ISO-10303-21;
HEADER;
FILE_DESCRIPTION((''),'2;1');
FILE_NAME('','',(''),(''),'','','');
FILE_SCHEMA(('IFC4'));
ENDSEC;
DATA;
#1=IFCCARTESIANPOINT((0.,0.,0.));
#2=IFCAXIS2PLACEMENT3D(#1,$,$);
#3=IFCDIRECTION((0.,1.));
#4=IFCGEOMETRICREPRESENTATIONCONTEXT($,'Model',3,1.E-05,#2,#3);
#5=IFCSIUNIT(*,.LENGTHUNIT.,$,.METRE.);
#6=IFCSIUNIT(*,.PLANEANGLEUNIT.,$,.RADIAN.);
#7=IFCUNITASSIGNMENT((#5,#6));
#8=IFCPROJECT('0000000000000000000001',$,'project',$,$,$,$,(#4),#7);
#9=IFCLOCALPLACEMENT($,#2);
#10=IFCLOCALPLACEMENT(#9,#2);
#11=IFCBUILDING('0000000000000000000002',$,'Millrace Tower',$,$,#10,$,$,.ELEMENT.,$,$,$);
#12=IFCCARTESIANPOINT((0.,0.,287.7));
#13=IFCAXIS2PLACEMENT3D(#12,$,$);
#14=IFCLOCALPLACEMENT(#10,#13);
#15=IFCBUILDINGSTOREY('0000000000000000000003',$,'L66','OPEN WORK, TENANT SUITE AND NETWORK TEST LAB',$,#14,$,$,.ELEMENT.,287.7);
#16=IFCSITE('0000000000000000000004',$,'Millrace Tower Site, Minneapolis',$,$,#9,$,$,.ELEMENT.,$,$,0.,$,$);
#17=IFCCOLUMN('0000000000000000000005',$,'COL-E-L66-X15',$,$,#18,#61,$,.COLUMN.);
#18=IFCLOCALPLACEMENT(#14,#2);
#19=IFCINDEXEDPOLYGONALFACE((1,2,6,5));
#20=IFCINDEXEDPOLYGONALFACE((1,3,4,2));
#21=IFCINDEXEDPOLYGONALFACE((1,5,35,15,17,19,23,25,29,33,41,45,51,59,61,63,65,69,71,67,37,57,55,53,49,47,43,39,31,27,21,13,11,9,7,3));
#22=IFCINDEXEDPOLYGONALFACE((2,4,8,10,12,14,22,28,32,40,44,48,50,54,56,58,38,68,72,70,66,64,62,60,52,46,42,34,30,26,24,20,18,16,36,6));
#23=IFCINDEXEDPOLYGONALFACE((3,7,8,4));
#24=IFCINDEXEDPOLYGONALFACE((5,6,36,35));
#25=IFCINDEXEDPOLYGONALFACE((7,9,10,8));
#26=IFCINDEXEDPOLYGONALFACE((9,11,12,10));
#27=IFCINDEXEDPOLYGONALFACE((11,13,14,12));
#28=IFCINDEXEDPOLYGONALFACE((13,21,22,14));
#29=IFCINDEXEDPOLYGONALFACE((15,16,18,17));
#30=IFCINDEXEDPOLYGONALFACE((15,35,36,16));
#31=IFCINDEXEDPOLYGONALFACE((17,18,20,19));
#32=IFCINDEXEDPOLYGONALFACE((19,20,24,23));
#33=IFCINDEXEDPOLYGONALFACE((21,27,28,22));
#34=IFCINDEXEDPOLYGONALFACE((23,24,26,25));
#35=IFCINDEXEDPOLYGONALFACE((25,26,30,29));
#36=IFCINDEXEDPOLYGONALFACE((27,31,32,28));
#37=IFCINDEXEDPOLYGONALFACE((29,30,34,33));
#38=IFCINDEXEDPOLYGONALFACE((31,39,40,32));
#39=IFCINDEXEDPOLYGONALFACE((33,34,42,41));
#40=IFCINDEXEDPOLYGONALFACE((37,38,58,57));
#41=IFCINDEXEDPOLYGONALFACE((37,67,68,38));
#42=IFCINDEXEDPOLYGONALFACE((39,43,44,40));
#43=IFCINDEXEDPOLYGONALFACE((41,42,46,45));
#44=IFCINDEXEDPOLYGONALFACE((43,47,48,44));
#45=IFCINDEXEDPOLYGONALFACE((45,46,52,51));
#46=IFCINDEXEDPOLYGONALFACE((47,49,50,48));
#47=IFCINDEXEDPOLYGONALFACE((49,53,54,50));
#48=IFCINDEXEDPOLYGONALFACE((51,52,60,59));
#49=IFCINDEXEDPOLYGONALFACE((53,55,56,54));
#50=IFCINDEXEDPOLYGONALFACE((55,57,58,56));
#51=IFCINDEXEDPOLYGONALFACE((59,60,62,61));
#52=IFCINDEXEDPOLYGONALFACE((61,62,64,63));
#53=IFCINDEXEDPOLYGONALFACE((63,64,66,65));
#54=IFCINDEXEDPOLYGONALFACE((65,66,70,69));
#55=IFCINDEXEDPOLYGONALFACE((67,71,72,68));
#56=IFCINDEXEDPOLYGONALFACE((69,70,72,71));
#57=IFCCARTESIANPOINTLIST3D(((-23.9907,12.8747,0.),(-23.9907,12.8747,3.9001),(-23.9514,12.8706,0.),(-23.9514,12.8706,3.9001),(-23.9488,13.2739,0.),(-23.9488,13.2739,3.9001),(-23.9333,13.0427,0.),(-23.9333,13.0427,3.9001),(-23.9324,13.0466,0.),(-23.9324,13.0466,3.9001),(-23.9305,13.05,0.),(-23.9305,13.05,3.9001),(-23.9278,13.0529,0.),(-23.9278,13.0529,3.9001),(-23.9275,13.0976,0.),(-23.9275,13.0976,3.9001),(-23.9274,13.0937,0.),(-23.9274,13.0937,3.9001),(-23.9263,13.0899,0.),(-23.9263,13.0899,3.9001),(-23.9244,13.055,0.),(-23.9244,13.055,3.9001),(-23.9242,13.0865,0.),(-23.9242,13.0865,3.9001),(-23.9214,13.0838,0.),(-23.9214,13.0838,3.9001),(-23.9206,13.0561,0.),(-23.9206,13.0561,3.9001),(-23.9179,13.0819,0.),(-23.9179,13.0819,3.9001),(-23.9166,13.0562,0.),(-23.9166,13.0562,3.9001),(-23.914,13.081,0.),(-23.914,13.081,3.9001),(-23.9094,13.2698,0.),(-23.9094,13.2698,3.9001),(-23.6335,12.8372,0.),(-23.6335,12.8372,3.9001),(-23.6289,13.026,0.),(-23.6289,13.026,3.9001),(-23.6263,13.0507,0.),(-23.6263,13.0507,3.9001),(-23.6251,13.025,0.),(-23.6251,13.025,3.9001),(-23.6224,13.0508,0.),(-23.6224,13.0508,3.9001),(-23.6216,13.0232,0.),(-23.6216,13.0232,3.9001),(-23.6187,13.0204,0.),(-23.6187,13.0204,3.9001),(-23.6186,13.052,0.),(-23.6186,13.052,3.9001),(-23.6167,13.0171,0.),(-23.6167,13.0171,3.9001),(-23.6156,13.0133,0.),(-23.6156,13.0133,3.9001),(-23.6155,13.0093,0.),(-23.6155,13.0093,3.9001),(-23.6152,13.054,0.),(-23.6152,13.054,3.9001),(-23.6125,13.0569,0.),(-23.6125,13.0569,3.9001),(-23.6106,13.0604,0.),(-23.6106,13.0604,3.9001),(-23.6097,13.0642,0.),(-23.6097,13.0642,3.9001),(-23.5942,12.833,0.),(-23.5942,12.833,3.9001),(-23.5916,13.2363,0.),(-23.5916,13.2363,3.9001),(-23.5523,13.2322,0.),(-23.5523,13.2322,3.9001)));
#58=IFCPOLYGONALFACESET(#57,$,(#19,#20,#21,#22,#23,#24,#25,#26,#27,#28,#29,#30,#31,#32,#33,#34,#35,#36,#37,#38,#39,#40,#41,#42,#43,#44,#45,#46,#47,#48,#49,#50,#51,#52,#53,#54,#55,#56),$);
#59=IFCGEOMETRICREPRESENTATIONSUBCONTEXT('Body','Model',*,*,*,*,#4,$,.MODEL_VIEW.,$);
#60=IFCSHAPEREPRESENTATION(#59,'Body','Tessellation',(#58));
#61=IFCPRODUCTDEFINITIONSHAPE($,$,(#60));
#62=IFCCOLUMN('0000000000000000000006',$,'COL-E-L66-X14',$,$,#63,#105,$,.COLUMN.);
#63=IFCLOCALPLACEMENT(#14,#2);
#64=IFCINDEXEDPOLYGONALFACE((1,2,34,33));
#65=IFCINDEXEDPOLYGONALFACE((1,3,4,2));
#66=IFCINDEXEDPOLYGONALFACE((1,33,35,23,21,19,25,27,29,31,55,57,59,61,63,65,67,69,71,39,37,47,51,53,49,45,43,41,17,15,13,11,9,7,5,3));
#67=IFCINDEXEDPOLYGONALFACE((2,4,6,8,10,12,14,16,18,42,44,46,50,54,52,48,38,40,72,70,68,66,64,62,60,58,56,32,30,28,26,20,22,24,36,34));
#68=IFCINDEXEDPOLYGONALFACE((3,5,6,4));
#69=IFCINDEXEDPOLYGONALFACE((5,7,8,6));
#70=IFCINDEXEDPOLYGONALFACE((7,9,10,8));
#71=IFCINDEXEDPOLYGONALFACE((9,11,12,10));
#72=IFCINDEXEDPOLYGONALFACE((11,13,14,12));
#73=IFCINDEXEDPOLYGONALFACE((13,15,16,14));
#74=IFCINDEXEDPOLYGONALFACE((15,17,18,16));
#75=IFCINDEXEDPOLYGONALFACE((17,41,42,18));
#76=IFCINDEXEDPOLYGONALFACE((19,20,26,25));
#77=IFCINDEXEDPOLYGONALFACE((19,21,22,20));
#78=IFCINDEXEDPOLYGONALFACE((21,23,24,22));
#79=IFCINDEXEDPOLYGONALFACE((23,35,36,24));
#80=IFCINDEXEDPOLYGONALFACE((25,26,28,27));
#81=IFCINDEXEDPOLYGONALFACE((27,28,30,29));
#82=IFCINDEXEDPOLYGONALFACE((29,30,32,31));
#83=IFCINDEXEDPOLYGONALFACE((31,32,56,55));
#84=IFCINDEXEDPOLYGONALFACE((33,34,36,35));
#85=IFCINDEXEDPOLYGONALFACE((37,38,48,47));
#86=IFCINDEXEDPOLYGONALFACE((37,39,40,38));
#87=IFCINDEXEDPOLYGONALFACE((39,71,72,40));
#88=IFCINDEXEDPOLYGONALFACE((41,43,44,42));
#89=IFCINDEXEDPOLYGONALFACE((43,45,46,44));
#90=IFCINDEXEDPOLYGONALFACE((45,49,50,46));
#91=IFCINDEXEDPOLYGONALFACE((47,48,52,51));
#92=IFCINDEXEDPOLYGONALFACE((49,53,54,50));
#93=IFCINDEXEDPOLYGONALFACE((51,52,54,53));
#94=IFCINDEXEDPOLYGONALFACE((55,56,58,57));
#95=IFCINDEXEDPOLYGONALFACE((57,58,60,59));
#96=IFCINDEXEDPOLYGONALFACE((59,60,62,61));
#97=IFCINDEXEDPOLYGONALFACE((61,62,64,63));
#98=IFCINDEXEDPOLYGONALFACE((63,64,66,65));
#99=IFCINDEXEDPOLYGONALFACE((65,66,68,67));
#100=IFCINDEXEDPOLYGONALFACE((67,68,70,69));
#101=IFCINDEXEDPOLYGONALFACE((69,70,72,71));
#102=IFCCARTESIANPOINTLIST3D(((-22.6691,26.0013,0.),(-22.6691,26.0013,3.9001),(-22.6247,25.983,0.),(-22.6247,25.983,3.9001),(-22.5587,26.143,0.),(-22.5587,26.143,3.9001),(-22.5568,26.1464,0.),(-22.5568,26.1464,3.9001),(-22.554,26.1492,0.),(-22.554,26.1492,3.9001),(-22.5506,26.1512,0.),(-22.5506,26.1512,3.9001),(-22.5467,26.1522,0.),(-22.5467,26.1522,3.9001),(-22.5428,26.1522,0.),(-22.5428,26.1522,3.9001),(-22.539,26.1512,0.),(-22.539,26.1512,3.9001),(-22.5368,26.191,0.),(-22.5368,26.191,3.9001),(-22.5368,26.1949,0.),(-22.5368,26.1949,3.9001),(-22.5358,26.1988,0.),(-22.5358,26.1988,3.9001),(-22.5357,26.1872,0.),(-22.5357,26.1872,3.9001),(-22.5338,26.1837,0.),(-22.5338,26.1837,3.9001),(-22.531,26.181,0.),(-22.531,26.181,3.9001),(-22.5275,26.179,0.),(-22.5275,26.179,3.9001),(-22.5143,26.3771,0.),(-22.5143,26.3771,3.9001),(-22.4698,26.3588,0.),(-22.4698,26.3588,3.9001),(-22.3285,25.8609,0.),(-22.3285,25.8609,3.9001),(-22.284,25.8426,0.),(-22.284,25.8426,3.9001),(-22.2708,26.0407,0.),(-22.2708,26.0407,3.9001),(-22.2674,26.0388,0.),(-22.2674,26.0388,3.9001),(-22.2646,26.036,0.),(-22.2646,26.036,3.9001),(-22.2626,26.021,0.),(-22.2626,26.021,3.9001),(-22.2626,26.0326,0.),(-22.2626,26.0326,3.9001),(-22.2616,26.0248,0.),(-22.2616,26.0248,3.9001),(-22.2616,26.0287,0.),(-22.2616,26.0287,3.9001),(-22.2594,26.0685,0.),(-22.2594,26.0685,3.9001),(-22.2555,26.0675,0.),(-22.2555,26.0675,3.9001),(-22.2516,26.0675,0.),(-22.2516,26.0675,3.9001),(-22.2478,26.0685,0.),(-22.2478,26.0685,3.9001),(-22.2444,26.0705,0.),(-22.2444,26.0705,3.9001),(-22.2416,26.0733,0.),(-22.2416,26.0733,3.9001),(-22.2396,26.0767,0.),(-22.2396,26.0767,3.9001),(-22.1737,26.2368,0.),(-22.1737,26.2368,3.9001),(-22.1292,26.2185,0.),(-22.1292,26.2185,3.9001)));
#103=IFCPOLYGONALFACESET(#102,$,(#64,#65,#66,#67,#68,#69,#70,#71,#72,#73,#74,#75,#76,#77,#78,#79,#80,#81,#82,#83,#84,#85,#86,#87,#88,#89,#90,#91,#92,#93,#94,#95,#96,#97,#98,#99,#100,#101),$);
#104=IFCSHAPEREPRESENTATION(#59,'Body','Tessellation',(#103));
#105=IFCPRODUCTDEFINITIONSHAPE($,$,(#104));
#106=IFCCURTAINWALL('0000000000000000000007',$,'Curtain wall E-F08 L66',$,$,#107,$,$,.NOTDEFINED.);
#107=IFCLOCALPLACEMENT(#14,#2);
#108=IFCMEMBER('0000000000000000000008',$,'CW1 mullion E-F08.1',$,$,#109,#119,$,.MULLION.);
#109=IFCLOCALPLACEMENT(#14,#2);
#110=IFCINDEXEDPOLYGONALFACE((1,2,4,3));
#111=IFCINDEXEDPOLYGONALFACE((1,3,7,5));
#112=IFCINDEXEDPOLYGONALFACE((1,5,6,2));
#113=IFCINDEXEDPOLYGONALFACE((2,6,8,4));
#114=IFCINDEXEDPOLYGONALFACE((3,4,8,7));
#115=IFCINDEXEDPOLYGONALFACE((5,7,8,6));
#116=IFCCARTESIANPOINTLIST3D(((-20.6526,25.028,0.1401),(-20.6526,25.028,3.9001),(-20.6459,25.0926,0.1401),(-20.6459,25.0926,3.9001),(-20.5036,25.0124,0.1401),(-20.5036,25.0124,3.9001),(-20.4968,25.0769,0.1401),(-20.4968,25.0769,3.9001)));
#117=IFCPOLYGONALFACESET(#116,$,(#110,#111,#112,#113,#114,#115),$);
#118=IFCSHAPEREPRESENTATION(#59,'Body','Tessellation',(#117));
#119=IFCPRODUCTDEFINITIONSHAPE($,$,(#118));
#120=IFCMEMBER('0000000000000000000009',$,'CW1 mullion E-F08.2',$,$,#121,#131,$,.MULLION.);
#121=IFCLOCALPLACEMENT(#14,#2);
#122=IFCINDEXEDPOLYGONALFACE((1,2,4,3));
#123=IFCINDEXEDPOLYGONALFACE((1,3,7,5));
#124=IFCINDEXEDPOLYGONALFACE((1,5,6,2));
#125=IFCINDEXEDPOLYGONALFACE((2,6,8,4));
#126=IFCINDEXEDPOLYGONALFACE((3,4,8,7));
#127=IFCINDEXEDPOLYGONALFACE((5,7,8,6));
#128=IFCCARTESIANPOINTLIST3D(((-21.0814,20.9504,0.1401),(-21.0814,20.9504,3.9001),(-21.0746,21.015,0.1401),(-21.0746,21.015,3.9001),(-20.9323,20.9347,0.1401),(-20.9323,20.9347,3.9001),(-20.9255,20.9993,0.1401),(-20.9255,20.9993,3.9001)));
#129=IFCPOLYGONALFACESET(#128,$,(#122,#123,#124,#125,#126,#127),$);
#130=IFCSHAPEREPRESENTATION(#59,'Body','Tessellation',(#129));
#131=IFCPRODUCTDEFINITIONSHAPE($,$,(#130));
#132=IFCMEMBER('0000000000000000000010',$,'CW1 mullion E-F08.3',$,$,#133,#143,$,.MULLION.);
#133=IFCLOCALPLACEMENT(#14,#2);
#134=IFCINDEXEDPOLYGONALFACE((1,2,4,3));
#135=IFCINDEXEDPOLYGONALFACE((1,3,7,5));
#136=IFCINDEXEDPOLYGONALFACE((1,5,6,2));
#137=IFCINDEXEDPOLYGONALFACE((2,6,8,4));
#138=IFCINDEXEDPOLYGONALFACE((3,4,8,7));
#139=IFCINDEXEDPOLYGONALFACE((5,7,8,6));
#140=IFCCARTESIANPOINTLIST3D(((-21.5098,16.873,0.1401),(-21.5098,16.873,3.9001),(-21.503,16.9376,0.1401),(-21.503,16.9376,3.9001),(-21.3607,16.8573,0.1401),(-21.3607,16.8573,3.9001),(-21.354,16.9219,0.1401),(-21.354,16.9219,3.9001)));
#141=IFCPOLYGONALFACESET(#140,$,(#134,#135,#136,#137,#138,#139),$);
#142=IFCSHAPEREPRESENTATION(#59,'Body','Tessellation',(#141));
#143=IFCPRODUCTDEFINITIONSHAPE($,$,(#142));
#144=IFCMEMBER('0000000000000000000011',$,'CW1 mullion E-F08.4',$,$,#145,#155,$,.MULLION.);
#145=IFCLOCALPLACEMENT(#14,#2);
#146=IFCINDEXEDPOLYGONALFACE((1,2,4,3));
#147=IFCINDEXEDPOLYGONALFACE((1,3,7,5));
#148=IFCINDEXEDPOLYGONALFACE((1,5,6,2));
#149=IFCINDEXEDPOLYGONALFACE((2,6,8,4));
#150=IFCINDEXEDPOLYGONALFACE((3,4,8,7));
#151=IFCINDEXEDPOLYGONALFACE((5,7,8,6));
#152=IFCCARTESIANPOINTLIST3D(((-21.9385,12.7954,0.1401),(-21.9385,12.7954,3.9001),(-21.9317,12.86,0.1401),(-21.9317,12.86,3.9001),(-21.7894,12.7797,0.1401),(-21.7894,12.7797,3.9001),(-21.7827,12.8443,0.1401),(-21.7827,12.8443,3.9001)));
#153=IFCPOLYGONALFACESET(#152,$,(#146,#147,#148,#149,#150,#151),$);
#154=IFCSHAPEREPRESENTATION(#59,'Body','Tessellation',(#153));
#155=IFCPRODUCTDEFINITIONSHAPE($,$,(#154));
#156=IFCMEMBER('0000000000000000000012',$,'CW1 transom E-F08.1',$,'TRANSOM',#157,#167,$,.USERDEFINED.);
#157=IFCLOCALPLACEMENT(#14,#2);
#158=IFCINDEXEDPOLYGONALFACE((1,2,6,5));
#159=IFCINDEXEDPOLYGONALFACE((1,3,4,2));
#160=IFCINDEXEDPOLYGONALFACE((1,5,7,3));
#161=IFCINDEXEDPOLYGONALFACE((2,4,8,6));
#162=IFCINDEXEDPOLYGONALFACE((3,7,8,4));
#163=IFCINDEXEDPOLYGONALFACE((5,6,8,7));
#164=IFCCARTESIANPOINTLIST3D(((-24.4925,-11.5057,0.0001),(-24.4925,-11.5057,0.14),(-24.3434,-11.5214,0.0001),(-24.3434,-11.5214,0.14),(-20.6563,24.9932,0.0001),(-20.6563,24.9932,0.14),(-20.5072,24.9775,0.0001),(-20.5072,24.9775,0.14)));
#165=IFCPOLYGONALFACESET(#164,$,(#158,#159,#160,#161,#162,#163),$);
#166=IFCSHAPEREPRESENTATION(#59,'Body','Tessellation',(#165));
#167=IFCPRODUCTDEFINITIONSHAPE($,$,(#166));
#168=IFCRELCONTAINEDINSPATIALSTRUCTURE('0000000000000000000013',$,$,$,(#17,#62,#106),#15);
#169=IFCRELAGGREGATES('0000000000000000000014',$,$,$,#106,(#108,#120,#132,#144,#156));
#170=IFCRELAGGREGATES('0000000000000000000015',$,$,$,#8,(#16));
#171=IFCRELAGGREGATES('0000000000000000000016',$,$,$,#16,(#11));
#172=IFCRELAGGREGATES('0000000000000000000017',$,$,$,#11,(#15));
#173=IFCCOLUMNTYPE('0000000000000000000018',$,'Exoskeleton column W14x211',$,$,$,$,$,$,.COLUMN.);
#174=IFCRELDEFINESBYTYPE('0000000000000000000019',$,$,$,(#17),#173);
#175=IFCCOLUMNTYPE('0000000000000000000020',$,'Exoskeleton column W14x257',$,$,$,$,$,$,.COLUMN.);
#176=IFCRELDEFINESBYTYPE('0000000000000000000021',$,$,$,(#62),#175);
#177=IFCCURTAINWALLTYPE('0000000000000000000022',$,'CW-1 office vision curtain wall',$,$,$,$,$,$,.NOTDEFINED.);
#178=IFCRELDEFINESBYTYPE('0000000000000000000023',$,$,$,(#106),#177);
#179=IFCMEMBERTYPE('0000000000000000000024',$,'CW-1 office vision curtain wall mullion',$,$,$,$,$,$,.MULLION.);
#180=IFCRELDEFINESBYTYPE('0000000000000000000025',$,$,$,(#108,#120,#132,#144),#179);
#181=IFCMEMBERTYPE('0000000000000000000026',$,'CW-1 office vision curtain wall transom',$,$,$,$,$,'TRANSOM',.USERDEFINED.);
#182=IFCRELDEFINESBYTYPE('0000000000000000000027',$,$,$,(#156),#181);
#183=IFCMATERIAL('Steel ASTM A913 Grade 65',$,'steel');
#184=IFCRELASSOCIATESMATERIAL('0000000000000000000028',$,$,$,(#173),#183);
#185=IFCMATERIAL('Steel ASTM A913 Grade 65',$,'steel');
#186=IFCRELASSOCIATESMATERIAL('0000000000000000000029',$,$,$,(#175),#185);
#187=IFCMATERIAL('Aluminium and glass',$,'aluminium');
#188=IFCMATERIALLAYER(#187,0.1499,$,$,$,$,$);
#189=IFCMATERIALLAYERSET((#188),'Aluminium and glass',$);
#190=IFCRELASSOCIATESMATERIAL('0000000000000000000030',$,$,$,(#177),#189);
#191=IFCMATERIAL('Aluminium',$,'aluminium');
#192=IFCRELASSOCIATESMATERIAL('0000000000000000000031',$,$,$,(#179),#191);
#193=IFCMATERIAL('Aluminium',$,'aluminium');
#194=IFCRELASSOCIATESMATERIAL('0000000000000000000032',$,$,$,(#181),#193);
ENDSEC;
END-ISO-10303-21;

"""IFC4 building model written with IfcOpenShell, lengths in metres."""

from ifc_helpers import new_model, si_unit, direction, frame, origin, origin_2d, place, context, subcontext, project, spatial, rectangle, i_section, extrude, material, layer, layer_set, material_profile, profile_set, type_object, element, aggregate, save


model = new_model("IFC4")

# Units and contexts
model_context = context("Model", 3, precision=1e-05, world=origin(), true_north=direction((0.0, 1.0)))
body_context = subcontext(model_context, "Body", "Model", "MODEL_VIEW")
ifc_project = project(units=[si_unit("LENGTHUNIT", "METRE"), si_unit("PLANEANGLEUNIT", "RADIAN")], contexts=[model_context])

# Site, building, storey
site_placement = place(None, origin())
site = spatial("IfcSite", under=ifc_project, at=site_placement, Name="Millrace Tower Site, Minneapolis", CompositionType="ELEMENT", RefElevation=0.0)
building_placement = place(site_placement, origin())
building = spatial("IfcBuilding", under=site, at=building_placement, Name="Millrace Tower", CompositionType="ELEMENT")
storey_placement = place(building_placement, frame((0.0, 0.0, 287.7)))
storey = spatial("IfcBuildingStorey", under=building, at=storey_placement, Name="L66", Description="OPEN WORK, TENANT SUITE AND NETWORK TEST LAB", CompositionType="ELEMENT", Elevation=287.7)

# Columns
ifc_material_1 = material(Name="Steel ASTM A913 Grade 65", Category="steel")
ifc_material_profile_1 = material_profile(ifc_material_1, i_section(OverallWidth=0.4014, OverallDepth=0.3987, WebThickness=0.0249, FlangeThickness=0.0396, FilletRadius=0.0151, at=origin_2d()))
ifc_profile_set_1 = profile_set([ifc_material_profile_1], Name="Steel ASTM A913 Grade 65")
column_type_1 = type_object("IfcColumnType", Name="Exoskeleton column W14x211", PredefinedType="COLUMN", material=ifc_profile_set_1)
column_1_placement = place(storey_placement, frame((-23.7715, 13.0535, 0.0), z_axis=(0.0, 0.0, 1.0), x_axis=(-0.104528, -0.994522, 0.0)))
element("IfcColumn", 1, at=column_1_placement, inside=storey, type_object=column_type_1, Name="COL-E-L66-X15", PredefinedType="COLUMN", context=body_context, shape_type="SweptSolid", body=[
    extrude(i_section(OverallWidth=0.4014, OverallDepth=0.3987, WebThickness=0.0249, FlangeThickness=0.0396, FilletRadius=0.0151, at=origin_2d()), origin(), (0.0, 0.0, 1.0), 3.9001),
])
ifc_material_2 = material(Name="Steel ASTM A913 Grade 65", Category="steel")
ifc_material_profile_2 = material_profile(ifc_material_2, i_section(OverallWidth=0.4065, OverallDepth=0.4165, WebThickness=0.03, FlangeThickness=0.0481, FilletRadius=0.0151, at=origin_2d()))
ifc_profile_set_2 = profile_set([ifc_material_profile_2], Name="Steel ASTM A913 Grade 65")
column_type_2 = type_object("IfcColumnType", Name="Exoskeleton column W14x257", PredefinedType="COLUMN", material=ifc_profile_set_2)
column_2_placement = place(storey_placement, frame((-22.3992, 26.1099, 0.0), z_axis=(0.0, 0.0, 1.0), x_axis=(-0.380947, -0.924597, 0.0)))
element("IfcColumn", 2, at=column_2_placement, inside=storey, type_object=column_type_2, Name="COL-E-L66-X14", PredefinedType="COLUMN", context=body_context, shape_type="SweptSolid", body=[
    extrude(i_section(OverallWidth=0.4065, OverallDepth=0.4165, WebThickness=0.03, FlangeThickness=0.0481, FilletRadius=0.0151, at=origin_2d()), origin(), (0.0, 0.0, 1.0), 3.9001),
])

# Curtain wall, members
ifc_material_3 = material(Name="Aluminium and glass", Category="aluminium")
ifc_layer_1 = layer(ifc_material_3, 0.1499)
ifc_layer_set_1 = layer_set([ifc_layer_1], Name="Aluminium and glass")
curtain_wall_type = type_object("IfcCurtainWallType", Name="CW-1 office vision curtain wall", PredefinedType="NOTDEFINED", material=ifc_layer_set_1)
curtain_wall_placement = place(storey_placement, origin())
curtain_wall = element("IfcCurtainWall", 3, at=curtain_wall_placement, inside=storey, type_object=curtain_wall_type, Name="Curtain wall E-F08 L66", PredefinedType="NOTDEFINED")
ifc_material_4 = material(Name="Aluminium", Category="aluminium")
ifc_material_profile_3 = material_profile(ifc_material_4, rectangle(XDim=0.0649, YDim=0.1499, at=origin_2d()))
ifc_profile_set_3 = profile_set([ifc_material_profile_3], Name="Aluminium")
member_type_1 = type_object("IfcMemberType", Name="CW-1 office vision curtain wall mullion", PredefinedType="MULLION", material=ifc_profile_set_3)
member_1_placement = place(storey_placement, frame((-20.5747, 25.0525, 0.1401), z_axis=(0.0, 0.0, 1.0), x_axis=(-0.104528, -0.994522, 0.0)))
member_1 = element("IfcMember", 4, at=member_1_placement, type_object=member_type_1, Name="CW1 mullion E-F08.1", PredefinedType="MULLION", context=body_context, shape_type="SweptSolid", body=[
    extrude(rectangle(XDim=0.0649, YDim=0.1499, at=origin_2d()), origin(), (0.0, 0.0, 1.0), 3.76),
])
member_2_placement = place(storey_placement, frame((-21.0034, 20.9749, 0.1401), z_axis=(0.0, 0.0, 1.0), x_axis=(-0.104528, -0.994522, 0.0)))
member_2 = element("IfcMember", 5, at=member_2_placement, type_object=member_type_1, Name="CW1 mullion E-F08.2", PredefinedType="MULLION", context=body_context, shape_type="SweptSolid", body=[
    extrude(rectangle(XDim=0.0649, YDim=0.1499, at=origin_2d()), origin(), (0.0, 0.0, 1.0), 3.76),
])
member_3_placement = place(storey_placement, frame((-21.4319, 16.8975, 0.1401), z_axis=(0.0, 0.0, 1.0), x_axis=(-0.104528, -0.994522, 0.0)))
member_3 = element("IfcMember", 6, at=member_3_placement, type_object=member_type_1, Name="CW1 mullion E-F08.3", PredefinedType="MULLION", context=body_context, shape_type="SweptSolid", body=[
    extrude(rectangle(XDim=0.0649, YDim=0.1499, at=origin_2d()), origin(), (0.0, 0.0, 1.0), 3.76),
])
member_4_placement = place(storey_placement, frame((-21.8606, 12.8198, 0.1401), z_axis=(0.0, 0.0, 1.0), x_axis=(-0.104528, -0.994522, 0.0)))
member_4 = element("IfcMember", 7, at=member_4_placement, type_object=member_type_1, Name="CW1 mullion E-F08.4", PredefinedType="MULLION", context=body_context, shape_type="SweptSolid", body=[
    extrude(rectangle(XDim=0.0649, YDim=0.1499, at=origin_2d()), origin(), (0.0, 0.0, 1.0), 3.76),
])
ifc_material_5 = material(Name="Aluminium", Category="aluminium")
ifc_material_profile_4 = material_profile(ifc_material_5, rectangle(XDim=0.1499, YDim=0.1399, at=origin_2d()))
ifc_profile_set_4 = profile_set([ifc_material_profile_4], Name="Aluminium")
member_type_2 = type_object("IfcMemberType", Name="CW-1 office vision curtain wall transom", ElementType="TRANSOM", PredefinedType="USERDEFINED", material=ifc_profile_set_4)
member_5_placement = place(storey_placement, frame((-20.5818, 24.9854, 0.0701), z_axis=(-0.104528, -0.994522, 0.0), x_axis=(0.994522, -0.104528, 0.0)))
member_5 = element("IfcMember", 8, at=member_5_placement, type_object=member_type_2, Name="CW1 transom E-F08.1", ObjectType="TRANSOM", PredefinedType="USERDEFINED", context=body_context, shape_type="SweptSolid", body=[
    extrude(rectangle(XDim=0.1499, YDim=0.1399, at=origin_2d()), origin(), (0.0, 0.0, 1.0), 36.7),
])
aggregate(curtain_wall, [member_1, member_2, member_3, member_4, member_5])

save(model, "model.ifc")
